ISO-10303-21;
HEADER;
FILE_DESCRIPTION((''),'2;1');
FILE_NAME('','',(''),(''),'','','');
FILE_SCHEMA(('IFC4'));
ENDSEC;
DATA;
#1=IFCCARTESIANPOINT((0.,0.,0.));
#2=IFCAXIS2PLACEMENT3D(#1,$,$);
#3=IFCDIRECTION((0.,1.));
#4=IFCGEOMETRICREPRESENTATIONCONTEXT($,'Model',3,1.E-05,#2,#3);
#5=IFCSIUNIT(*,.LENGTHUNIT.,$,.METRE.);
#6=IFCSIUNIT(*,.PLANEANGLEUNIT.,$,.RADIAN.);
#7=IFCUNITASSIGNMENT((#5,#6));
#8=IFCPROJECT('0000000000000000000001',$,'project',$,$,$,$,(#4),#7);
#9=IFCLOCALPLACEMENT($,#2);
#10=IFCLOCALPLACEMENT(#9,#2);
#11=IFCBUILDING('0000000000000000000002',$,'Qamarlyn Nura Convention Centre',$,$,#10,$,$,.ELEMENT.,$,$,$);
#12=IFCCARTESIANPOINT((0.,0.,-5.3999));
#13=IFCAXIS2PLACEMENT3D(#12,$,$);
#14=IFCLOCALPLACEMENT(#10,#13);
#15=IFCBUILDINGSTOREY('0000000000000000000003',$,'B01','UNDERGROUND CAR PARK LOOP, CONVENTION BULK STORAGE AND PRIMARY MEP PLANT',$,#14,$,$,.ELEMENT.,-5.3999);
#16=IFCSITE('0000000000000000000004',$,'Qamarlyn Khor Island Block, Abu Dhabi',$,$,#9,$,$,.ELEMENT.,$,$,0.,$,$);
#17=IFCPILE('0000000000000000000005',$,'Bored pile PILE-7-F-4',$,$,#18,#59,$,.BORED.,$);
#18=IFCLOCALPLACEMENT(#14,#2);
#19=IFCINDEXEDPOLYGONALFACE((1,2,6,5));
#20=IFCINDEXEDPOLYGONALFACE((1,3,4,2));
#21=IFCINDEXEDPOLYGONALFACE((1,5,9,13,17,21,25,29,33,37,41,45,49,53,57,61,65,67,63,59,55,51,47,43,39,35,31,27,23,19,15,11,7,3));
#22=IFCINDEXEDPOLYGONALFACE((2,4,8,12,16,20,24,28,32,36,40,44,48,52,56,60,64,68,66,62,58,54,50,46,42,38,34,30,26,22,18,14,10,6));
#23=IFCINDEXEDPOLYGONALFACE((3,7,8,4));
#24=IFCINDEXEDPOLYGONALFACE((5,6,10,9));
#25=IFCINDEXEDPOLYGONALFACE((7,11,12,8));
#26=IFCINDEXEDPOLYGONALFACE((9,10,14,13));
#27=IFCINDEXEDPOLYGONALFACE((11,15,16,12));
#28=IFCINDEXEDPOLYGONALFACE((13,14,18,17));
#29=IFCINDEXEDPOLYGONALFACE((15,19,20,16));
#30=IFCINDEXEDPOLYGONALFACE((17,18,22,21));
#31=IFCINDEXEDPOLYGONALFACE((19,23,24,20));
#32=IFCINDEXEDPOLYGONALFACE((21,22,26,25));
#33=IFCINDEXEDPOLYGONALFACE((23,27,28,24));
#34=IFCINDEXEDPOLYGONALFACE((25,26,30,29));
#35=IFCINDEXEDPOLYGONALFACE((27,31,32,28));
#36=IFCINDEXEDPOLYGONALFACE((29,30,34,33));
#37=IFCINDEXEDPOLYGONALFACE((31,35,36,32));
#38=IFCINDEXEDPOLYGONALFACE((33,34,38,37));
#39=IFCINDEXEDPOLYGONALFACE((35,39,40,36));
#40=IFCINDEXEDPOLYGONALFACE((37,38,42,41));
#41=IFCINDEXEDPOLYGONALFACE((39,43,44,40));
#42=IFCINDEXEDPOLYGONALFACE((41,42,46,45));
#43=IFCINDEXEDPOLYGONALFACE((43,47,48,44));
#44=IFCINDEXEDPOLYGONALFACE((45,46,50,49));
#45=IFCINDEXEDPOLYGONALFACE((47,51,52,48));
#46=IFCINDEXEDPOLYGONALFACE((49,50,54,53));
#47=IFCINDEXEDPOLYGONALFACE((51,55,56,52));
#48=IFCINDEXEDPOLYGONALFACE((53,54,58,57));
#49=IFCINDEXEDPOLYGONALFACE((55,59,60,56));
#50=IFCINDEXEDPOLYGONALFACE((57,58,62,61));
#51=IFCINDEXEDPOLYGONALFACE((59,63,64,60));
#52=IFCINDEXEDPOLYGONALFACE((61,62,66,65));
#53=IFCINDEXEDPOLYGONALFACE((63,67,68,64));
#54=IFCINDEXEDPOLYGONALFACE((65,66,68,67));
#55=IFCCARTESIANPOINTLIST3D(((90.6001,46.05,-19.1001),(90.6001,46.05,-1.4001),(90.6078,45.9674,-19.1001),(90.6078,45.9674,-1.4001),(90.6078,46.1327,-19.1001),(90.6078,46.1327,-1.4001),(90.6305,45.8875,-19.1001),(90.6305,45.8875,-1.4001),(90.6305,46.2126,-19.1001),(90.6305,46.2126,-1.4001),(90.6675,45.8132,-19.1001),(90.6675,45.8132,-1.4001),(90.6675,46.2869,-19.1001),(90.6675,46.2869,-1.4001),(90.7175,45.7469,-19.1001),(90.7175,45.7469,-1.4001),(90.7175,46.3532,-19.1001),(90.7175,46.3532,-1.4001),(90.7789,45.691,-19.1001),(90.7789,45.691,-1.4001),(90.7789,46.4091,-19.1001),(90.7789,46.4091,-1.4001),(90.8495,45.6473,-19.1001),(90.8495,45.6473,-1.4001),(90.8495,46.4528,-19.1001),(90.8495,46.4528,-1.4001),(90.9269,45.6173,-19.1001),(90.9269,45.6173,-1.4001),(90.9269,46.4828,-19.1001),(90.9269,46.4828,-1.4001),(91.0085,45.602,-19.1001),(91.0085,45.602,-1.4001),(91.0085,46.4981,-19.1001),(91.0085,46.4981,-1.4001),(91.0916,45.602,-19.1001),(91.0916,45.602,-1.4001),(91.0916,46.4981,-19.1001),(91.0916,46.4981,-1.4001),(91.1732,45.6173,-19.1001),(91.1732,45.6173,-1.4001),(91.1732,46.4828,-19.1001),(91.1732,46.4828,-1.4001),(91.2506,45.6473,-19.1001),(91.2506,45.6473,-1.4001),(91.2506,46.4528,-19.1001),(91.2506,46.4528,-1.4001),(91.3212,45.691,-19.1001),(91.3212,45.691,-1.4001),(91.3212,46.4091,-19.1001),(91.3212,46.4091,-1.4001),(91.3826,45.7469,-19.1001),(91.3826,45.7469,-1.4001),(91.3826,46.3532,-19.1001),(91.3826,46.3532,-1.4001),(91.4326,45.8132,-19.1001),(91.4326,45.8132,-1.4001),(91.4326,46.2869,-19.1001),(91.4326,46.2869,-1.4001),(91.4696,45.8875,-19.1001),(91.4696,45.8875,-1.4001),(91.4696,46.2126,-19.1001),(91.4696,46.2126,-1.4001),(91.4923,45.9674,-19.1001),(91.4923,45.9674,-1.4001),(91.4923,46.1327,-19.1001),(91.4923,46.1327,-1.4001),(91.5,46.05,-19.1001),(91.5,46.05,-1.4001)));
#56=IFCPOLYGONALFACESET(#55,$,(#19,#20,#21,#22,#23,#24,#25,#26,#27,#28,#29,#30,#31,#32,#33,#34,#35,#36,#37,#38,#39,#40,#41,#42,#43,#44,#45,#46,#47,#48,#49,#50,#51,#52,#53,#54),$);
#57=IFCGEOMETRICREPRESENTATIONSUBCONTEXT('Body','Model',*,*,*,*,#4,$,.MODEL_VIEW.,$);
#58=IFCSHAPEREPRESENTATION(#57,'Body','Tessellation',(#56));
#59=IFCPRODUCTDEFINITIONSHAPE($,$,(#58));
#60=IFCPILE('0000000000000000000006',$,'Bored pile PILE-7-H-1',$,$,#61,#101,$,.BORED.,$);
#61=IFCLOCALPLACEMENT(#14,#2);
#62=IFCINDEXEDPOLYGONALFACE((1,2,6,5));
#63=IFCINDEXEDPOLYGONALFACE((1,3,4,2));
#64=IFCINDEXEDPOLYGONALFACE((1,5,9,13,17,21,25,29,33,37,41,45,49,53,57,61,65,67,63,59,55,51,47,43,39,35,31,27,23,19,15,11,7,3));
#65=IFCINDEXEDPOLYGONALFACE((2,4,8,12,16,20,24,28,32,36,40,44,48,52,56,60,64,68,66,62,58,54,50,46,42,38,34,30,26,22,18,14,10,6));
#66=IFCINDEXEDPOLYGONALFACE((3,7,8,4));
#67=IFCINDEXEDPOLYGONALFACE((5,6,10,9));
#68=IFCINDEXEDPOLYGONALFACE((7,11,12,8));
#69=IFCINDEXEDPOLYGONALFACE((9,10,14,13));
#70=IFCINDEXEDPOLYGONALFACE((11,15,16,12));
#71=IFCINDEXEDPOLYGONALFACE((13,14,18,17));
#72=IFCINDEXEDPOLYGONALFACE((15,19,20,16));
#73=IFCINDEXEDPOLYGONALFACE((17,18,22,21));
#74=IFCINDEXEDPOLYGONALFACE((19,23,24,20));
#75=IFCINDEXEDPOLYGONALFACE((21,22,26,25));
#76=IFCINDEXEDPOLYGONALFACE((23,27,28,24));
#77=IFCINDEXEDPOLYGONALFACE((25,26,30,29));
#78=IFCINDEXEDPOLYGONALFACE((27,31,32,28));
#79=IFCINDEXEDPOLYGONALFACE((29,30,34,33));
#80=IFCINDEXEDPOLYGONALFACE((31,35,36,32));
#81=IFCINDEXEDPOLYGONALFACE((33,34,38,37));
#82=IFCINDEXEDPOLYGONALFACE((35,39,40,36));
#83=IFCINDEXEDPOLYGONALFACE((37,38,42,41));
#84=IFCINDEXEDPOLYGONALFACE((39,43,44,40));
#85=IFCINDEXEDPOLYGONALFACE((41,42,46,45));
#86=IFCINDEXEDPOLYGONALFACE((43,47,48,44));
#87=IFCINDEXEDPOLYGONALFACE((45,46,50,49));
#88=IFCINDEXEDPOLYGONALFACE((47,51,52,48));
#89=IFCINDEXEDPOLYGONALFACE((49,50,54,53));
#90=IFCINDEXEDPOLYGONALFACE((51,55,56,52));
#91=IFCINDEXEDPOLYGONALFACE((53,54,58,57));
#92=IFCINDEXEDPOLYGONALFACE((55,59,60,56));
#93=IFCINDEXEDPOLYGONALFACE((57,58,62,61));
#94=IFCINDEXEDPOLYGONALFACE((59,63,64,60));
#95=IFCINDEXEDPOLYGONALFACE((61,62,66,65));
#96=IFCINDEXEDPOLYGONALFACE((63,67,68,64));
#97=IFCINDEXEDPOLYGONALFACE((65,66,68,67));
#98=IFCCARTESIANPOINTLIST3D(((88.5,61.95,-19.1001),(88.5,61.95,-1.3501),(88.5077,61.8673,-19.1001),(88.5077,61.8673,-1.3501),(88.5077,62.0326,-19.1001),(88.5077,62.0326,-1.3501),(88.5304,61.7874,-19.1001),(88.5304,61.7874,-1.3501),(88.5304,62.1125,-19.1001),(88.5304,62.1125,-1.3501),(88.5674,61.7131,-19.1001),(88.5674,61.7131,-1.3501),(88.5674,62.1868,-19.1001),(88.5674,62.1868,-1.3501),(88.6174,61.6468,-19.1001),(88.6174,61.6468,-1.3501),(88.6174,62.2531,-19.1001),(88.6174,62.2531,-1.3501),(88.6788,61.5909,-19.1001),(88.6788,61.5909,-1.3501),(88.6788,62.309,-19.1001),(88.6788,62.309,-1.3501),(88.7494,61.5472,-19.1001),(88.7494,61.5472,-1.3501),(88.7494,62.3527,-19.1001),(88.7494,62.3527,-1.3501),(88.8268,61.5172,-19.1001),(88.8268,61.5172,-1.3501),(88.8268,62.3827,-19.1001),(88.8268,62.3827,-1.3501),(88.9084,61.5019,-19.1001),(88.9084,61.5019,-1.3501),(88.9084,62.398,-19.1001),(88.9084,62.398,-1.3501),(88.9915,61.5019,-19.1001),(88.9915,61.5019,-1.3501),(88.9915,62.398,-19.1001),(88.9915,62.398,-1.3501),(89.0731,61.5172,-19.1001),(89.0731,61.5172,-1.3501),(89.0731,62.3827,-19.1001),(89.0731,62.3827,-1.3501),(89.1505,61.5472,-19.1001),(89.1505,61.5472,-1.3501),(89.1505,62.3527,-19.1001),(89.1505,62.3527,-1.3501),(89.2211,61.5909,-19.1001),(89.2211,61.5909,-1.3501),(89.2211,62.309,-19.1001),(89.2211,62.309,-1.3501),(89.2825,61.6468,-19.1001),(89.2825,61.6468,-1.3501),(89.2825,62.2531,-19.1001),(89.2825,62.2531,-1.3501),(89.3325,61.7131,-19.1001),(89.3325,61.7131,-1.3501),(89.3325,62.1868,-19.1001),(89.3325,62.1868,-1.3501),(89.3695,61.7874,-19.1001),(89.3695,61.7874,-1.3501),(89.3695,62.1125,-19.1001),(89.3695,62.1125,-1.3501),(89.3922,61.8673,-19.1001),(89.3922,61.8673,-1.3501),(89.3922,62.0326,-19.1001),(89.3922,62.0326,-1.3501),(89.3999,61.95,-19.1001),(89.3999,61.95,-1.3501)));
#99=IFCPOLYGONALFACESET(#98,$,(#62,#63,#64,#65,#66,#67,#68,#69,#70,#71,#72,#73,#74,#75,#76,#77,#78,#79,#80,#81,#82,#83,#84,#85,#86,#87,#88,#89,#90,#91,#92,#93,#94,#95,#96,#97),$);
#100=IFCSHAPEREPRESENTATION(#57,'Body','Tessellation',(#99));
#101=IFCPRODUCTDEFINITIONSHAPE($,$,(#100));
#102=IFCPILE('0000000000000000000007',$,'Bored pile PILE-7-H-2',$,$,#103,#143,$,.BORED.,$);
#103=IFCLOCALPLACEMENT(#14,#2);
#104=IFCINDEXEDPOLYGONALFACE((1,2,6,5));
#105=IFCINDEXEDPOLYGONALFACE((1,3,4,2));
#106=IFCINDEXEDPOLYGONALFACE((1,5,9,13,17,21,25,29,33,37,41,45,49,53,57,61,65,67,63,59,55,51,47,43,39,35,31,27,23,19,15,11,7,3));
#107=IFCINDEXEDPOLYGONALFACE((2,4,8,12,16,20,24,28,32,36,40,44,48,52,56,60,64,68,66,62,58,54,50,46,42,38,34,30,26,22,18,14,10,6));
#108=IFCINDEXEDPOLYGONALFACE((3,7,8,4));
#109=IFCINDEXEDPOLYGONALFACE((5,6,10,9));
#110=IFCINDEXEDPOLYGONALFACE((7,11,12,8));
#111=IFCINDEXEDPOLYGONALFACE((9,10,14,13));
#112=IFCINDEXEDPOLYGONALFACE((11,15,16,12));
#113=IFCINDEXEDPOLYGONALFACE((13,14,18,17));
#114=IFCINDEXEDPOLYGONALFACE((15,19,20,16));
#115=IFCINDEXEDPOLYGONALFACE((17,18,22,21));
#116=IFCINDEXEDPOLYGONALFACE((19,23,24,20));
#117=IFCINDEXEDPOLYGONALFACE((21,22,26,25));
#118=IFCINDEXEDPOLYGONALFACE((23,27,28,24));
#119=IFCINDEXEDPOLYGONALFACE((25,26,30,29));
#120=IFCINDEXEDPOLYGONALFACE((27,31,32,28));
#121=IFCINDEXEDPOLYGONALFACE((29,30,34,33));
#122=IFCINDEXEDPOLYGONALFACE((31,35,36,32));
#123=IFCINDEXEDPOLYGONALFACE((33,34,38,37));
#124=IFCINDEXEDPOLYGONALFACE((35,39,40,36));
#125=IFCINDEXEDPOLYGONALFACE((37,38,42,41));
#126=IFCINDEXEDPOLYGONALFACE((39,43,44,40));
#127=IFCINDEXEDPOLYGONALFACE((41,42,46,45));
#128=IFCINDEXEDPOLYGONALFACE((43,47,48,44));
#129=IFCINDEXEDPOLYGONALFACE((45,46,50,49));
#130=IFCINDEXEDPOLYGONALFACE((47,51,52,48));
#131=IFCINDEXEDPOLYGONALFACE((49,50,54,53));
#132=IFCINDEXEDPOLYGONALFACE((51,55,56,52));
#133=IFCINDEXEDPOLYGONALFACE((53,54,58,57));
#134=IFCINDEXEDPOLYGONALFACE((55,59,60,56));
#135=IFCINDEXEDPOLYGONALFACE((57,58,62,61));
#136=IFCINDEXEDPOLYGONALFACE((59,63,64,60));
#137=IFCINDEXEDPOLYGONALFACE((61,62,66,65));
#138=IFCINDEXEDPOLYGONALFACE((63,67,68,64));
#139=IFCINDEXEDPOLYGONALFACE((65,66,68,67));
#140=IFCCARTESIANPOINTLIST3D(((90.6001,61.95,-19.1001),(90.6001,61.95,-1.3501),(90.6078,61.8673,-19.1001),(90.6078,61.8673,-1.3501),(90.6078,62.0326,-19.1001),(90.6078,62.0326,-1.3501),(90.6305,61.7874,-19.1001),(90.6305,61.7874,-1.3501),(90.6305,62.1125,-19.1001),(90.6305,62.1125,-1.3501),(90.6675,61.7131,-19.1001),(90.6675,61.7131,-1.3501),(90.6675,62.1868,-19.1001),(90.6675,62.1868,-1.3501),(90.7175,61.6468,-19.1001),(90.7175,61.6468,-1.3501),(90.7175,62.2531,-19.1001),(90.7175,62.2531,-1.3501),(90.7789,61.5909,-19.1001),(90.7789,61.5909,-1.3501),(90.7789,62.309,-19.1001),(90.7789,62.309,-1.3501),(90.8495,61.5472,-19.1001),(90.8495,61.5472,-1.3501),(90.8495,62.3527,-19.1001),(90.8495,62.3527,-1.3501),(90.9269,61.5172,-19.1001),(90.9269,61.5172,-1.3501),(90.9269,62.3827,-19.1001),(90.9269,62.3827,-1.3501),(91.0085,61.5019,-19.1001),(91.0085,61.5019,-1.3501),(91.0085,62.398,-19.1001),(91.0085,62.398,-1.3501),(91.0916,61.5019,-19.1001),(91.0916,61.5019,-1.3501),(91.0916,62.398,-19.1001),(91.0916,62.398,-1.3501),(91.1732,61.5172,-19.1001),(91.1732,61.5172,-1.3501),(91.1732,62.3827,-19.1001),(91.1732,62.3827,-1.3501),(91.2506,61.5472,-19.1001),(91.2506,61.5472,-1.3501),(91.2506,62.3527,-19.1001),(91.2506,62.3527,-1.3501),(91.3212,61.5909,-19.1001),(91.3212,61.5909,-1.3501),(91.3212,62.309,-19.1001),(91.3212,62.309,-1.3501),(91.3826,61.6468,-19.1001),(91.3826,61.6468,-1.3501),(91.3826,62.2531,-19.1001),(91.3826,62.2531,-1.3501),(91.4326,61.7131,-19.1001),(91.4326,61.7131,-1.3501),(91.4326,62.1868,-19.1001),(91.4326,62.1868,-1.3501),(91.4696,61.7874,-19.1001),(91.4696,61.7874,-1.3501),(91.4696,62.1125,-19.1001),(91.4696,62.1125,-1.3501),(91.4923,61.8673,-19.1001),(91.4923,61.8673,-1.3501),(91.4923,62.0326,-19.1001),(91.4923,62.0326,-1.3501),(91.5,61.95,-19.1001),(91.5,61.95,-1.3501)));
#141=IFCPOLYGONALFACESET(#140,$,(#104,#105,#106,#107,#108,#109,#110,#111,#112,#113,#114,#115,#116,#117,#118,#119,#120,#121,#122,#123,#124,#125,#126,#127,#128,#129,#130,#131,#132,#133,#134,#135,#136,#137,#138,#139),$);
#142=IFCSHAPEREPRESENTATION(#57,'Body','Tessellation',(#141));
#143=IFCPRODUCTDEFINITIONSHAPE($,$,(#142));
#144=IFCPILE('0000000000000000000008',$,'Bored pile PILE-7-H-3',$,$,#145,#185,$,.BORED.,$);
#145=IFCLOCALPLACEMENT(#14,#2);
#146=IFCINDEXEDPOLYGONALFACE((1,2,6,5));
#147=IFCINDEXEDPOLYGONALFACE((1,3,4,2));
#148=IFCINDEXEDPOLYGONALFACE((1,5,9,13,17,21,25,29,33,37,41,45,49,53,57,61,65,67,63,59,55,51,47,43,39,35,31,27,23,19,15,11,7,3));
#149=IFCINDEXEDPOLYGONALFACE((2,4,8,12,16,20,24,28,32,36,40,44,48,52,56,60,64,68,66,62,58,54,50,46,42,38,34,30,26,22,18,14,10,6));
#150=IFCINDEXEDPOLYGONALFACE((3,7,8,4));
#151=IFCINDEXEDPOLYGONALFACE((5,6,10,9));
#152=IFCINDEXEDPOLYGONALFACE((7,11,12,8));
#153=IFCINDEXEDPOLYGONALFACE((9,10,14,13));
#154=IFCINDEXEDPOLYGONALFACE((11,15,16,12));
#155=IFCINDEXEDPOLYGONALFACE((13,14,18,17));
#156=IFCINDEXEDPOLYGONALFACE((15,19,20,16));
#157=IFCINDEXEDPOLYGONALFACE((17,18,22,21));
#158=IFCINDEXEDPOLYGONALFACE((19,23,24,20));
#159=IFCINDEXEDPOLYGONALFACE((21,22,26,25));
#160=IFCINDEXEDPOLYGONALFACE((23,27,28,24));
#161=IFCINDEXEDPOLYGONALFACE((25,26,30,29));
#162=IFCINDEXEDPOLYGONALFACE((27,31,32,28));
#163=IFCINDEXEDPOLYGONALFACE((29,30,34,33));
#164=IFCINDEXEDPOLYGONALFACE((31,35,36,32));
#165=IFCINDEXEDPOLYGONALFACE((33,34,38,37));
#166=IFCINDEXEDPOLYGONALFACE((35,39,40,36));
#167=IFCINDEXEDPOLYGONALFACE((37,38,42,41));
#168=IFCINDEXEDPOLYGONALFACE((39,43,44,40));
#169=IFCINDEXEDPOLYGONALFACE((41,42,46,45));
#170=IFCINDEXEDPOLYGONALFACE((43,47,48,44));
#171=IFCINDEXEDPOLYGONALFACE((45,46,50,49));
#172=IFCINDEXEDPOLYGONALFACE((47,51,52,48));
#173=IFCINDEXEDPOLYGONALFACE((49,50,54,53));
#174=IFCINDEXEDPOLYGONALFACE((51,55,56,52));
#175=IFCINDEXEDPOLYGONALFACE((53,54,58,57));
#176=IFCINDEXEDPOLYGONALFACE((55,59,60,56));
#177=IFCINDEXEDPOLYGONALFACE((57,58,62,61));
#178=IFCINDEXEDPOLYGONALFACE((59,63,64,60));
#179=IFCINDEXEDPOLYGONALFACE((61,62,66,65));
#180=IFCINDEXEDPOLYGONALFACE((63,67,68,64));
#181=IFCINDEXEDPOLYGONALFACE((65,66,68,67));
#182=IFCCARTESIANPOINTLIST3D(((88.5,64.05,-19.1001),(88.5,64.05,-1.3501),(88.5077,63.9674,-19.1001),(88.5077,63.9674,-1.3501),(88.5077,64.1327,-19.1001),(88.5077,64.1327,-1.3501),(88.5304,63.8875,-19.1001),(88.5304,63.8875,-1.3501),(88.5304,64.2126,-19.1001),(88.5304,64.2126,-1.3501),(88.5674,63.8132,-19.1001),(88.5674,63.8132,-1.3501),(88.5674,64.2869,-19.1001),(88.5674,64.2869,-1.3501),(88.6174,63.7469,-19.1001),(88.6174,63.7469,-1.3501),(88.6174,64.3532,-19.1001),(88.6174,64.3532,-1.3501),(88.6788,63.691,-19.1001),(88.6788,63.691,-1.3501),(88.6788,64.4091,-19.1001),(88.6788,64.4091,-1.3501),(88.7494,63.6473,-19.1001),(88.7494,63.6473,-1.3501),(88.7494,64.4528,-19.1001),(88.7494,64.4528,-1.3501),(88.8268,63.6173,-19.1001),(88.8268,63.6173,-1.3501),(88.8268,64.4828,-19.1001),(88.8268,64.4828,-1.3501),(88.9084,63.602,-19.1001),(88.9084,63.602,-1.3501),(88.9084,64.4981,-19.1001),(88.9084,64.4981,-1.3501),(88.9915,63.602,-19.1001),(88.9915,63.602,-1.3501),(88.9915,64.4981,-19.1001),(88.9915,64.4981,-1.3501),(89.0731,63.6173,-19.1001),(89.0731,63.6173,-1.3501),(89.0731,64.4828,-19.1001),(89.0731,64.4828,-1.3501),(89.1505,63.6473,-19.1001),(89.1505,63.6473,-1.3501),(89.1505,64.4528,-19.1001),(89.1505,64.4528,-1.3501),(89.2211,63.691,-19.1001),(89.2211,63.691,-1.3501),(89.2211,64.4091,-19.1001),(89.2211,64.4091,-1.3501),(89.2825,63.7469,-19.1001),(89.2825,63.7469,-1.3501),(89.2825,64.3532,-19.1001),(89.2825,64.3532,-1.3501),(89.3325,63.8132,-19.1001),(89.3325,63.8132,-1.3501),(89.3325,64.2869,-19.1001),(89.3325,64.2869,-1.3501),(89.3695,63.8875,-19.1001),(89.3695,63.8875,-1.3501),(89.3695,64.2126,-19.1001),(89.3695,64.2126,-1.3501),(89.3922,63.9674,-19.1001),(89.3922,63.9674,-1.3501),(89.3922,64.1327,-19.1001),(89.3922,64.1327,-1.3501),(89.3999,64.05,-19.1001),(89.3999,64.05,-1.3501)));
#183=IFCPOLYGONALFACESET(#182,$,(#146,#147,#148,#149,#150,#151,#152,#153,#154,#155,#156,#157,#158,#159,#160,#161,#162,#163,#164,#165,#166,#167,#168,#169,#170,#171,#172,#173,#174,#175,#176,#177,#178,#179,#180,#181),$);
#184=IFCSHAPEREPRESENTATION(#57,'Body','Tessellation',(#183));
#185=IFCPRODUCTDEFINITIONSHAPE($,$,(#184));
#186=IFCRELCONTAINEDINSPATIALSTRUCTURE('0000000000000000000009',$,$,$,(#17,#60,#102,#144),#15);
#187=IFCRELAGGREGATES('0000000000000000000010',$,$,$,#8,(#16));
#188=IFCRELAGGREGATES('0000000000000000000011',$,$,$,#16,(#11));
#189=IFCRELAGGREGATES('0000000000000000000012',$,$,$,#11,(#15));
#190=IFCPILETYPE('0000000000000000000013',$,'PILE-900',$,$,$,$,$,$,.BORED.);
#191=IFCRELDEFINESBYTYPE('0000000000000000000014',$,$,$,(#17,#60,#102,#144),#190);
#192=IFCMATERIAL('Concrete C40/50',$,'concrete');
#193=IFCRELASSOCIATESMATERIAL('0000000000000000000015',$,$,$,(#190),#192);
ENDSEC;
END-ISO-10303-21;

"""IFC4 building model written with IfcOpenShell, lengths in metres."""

from ifc_helpers import new_model, si_unit, direction, frame, origin, origin_2d, place, context, subcontext, project, spatial, circle, extrude, material, material_profile, profile_set, type_object, element, save


model = new_model("IFC4")

# Units and contexts
model_context = context("Model", 3, precision=1e-05, world=origin(), true_north=direction((0.0, 1.0)))
body_context = subcontext(model_context, "Body", "Model", "MODEL_VIEW")
ifc_project = project(units=[si_unit("LENGTHUNIT", "METRE"), si_unit("PLANEANGLEUNIT", "RADIAN")], contexts=[model_context])

# Site, building, storey
site_placement = place(None, origin())
site = spatial("IfcSite", under=ifc_project, at=site_placement, Name="Qamarlyn Khor Island Block, Abu Dhabi", CompositionType="ELEMENT", RefElevation=0.0)
building_placement = place(site_placement, origin())
building = spatial("IfcBuilding", under=site, at=building_placement, Name="Qamarlyn Nura Convention Centre", CompositionType="ELEMENT")
storey_placement = place(building_placement, frame((0.0, 0.0, -5.3999)))
storey = spatial("IfcBuildingStorey", under=building, at=storey_placement, Name="B01", Description="UNDERGROUND CAR PARK LOOP, CONVENTION BULK STORAGE AND PRIMARY MEP PLANT", CompositionType="ELEMENT", Elevation=-5.3999)

# Shared definitions
ifc_material_1 = material(Name="Concrete C40/50", Category="concrete")

# Piles
ifc_material_profile_1 = material_profile(ifc_material_1, circle(Radius=0.45, at=origin_2d()), Name="BORED PILE 900")
ifc_profile_set_1 = profile_set([ifc_material_profile_1], Name="Concrete C40/50")
pile_type = type_object("IfcPileType", Name="PILE-900", PredefinedType="BORED", material=ifc_profile_set_1)
for number, where, z_axis, x_axis, name in (
    (1, (91.05, 46.05, -1.4001), (0.0, 0.0, -1.0), (1.0, 0.0, 0.0), "Bored pile PILE-7-F-4"),
):
    element("IfcPile", number, at=place(storey_placement, frame(where, z_axis=z_axis, x_axis=x_axis)), inside=storey, type_object=pile_type, Name=name, PredefinedType="BORED", context=body_context, shape_type="SweptSolid", body=[
        extrude(circle(Radius=0.45, at=origin_2d()), origin(), (0.0, 0.0, 1.0), 17.7),
    ])
for number, where, z_axis, x_axis, name in (
    (2, (88.95, 61.95, -1.3501), (0.0, 0.0, -1.0), (1.0, 0.0, 0.0), "Bored pile PILE-7-H-1"),
    (3, (91.05, 61.95, -1.3501), (0.0, 0.0, -1.0), (1.0, 0.0, 0.0), "Bored pile PILE-7-H-2"),
    (4, (88.95, 64.05, -1.3501), (0.0, 0.0, -1.0), (1.0, 0.0, 0.0), "Bored pile PILE-7-H-3"),
):
    element("IfcPile", number, at=place(storey_placement, frame(where, z_axis=z_axis, x_axis=x_axis)), inside=storey, type_object=pile_type, Name=name, PredefinedType="BORED", context=body_context, shape_type="SweptSolid", body=[
        extrude(circle(Radius=0.45, at=origin_2d()), origin(), (0.0, 0.0, 1.0), 17.75),
    ])

save(model, "model.ifc")
